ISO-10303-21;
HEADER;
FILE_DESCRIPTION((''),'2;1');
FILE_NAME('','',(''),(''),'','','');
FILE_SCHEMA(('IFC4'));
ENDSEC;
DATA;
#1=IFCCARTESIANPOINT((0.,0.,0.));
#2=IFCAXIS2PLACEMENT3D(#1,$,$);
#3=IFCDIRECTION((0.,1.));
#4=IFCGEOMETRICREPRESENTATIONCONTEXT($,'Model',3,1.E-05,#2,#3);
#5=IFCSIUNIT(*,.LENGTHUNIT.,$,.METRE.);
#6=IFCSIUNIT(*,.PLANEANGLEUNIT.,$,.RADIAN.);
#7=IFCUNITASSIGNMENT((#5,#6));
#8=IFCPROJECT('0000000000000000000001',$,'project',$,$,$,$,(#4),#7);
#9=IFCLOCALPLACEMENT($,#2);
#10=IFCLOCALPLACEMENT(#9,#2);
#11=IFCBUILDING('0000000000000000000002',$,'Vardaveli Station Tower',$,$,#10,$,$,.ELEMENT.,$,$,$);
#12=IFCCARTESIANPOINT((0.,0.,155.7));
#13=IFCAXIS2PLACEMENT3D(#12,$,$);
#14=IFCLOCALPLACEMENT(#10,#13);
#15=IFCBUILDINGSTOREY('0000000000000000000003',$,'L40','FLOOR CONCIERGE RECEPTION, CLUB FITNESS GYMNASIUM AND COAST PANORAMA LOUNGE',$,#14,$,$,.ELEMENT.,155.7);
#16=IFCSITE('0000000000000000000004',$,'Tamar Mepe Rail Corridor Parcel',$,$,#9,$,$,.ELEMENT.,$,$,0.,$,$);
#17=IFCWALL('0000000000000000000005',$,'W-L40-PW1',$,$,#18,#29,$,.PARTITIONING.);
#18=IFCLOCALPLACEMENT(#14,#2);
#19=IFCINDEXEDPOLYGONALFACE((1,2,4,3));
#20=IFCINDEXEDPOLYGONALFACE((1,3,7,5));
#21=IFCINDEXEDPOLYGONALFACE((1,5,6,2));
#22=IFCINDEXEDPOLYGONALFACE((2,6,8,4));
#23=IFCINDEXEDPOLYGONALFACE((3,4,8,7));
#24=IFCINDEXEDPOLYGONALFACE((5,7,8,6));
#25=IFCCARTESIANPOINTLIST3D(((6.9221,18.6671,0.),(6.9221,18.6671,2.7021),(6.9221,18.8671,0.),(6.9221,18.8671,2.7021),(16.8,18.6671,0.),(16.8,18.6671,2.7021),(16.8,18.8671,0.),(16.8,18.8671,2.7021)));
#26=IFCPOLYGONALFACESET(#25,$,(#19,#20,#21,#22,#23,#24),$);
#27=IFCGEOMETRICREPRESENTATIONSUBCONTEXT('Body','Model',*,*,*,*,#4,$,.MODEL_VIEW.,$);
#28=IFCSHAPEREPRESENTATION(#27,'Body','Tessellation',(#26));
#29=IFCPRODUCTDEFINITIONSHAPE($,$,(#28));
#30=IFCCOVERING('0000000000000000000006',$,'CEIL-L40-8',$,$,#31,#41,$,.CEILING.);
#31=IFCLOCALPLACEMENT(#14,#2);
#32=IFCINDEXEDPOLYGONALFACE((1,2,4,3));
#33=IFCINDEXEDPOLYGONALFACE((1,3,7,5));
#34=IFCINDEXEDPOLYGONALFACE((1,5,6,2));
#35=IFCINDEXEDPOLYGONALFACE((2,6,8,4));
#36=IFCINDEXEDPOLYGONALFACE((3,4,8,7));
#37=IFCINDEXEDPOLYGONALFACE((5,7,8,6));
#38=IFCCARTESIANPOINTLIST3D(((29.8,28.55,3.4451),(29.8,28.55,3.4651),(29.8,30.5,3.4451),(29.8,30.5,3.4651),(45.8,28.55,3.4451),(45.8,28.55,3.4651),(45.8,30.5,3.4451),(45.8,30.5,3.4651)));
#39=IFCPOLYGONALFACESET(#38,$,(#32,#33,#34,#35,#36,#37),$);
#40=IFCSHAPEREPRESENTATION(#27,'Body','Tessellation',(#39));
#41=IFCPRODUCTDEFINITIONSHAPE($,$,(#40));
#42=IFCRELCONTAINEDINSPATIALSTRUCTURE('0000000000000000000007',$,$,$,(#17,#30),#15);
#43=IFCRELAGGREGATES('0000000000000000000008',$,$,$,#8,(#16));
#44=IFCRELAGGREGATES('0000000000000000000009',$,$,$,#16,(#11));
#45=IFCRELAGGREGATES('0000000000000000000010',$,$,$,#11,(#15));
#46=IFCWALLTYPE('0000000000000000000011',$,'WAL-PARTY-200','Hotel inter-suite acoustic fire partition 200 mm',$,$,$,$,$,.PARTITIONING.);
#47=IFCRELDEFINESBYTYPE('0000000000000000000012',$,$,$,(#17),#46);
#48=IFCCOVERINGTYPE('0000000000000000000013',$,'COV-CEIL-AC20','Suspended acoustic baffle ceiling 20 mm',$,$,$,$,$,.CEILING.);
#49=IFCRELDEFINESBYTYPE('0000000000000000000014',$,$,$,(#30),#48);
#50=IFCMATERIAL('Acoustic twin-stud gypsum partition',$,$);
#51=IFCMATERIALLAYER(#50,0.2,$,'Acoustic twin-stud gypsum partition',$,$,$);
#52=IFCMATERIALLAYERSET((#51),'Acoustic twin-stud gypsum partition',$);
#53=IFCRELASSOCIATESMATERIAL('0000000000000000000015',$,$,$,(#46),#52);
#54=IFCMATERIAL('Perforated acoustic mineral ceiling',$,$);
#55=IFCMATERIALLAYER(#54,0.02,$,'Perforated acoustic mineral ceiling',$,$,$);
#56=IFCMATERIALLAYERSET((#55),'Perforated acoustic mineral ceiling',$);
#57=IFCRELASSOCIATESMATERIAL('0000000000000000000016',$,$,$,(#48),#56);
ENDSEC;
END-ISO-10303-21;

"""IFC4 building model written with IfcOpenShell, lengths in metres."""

from ifc_helpers import new_model, si_unit, direction, frame, frame_2d, origin, place, context, subcontext, project, spatial, polyline, rectangle, outline, extrude, source, transform, mapped, material, layer, layer_set, type_object, element, save


model = new_model("IFC4")

# Units and contexts
model_context = context("Model", 3, precision=1e-05, world=origin(), true_north=direction((0.0, 1.0)))
body_context = subcontext(model_context, "Body", "Model", "MODEL_VIEW")
ifc_project = project(units=[si_unit("LENGTHUNIT", "METRE"), si_unit("PLANEANGLEUNIT", "RADIAN")], contexts=[model_context])

# Site, building, storey
site_placement = place(None, origin())
site = spatial("IfcSite", under=ifc_project, at=site_placement, Name="Tamar Mepe Rail Corridor Parcel", CompositionType="ELEMENT", RefElevation=0.0)
building_placement = place(site_placement, origin())
building = spatial("IfcBuilding", under=site, at=building_placement, Name="Vardaveli Station Tower", CompositionType="ELEMENT")
storey_placement = place(building_placement, frame((0.0, 0.0, 155.7)))
storey = spatial("IfcBuildingStorey", under=building, at=storey_placement, Name="L40", Description="FLOOR CONCIERGE RECEPTION, CLUB FITNESS GYMNASIUM AND COAST PANORAMA LOUNGE", CompositionType="ELEMENT", Elevation=155.7)

# Wall
ifc_material_1 = material(Name="Acoustic twin-stud gypsum partition")
ifc_layer_1 = layer(ifc_material_1, 0.2, Name="Acoustic twin-stud gypsum partition")
ifc_layer_set_1 = layer_set([ifc_layer_1], Name="Acoustic twin-stud gypsum partition")
wall_type_1 = type_object("IfcWallType", Name="WAL-PARTY-200", Description="Hotel inter-suite acoustic fire partition 200 mm", PredefinedType="PARTITIONING", material=ifc_layer_set_1)
shared_shape_1 = source(origin(), body_context, "Body", "SweptSolid", [
    extrude(rectangle(XDim=9.8779, YDim=0.2, at=frame_2d((4.939, 0.0))), origin(), (0.0, 0.0, 1.0), 2.7021),
])
wall_1_placement = place(storey_placement, frame((6.9221, 18.7671, 0.0), z_axis=(0.0, 0.0, 1.0), x_axis=(1.0, 0.0, 0.0)))
element("IfcWall", 1, at=wall_1_placement, inside=storey, type_object=wall_type_1, Name="W-L40-PW1", PredefinedType="PARTITIONING", context=body_context, shape_type="MappedRepresentation", body=[
    mapped(shared_shape_1, transform((0.0, 0.0, 0.0), scale=1.0)),
])

# Covering
ifc_material_2 = material(Name="Perforated acoustic mineral ceiling")
ifc_layer_2 = layer(ifc_material_2, 0.02, Name="Perforated acoustic mineral ceiling")
ifc_layer_set_2 = layer_set([ifc_layer_2], Name="Perforated acoustic mineral ceiling")
covering_type = type_object("IfcCoveringType", Name="COV-CEIL-AC20", Description="Suspended acoustic baffle ceiling 20 mm", PredefinedType="CEILING", material=ifc_layer_set_2)
covering_placement = place(storey_placement, frame((0.0, 0.0, 3.4451)))
element("IfcCovering", 2, at=covering_placement, inside=storey, type_object=covering_type, Name="CEIL-L40-8", PredefinedType="CEILING", context=body_context, shape_type="SweptSolid", body=[
    extrude(outline(polyline([(29.8, 28.55), (45.8, 28.55), (45.8, 30.5), (29.8, 30.5), (29.8, 28.55)])), origin(), (0.0, 0.0, 1.0), 0.02),
])

save(model, "model.ifc")
